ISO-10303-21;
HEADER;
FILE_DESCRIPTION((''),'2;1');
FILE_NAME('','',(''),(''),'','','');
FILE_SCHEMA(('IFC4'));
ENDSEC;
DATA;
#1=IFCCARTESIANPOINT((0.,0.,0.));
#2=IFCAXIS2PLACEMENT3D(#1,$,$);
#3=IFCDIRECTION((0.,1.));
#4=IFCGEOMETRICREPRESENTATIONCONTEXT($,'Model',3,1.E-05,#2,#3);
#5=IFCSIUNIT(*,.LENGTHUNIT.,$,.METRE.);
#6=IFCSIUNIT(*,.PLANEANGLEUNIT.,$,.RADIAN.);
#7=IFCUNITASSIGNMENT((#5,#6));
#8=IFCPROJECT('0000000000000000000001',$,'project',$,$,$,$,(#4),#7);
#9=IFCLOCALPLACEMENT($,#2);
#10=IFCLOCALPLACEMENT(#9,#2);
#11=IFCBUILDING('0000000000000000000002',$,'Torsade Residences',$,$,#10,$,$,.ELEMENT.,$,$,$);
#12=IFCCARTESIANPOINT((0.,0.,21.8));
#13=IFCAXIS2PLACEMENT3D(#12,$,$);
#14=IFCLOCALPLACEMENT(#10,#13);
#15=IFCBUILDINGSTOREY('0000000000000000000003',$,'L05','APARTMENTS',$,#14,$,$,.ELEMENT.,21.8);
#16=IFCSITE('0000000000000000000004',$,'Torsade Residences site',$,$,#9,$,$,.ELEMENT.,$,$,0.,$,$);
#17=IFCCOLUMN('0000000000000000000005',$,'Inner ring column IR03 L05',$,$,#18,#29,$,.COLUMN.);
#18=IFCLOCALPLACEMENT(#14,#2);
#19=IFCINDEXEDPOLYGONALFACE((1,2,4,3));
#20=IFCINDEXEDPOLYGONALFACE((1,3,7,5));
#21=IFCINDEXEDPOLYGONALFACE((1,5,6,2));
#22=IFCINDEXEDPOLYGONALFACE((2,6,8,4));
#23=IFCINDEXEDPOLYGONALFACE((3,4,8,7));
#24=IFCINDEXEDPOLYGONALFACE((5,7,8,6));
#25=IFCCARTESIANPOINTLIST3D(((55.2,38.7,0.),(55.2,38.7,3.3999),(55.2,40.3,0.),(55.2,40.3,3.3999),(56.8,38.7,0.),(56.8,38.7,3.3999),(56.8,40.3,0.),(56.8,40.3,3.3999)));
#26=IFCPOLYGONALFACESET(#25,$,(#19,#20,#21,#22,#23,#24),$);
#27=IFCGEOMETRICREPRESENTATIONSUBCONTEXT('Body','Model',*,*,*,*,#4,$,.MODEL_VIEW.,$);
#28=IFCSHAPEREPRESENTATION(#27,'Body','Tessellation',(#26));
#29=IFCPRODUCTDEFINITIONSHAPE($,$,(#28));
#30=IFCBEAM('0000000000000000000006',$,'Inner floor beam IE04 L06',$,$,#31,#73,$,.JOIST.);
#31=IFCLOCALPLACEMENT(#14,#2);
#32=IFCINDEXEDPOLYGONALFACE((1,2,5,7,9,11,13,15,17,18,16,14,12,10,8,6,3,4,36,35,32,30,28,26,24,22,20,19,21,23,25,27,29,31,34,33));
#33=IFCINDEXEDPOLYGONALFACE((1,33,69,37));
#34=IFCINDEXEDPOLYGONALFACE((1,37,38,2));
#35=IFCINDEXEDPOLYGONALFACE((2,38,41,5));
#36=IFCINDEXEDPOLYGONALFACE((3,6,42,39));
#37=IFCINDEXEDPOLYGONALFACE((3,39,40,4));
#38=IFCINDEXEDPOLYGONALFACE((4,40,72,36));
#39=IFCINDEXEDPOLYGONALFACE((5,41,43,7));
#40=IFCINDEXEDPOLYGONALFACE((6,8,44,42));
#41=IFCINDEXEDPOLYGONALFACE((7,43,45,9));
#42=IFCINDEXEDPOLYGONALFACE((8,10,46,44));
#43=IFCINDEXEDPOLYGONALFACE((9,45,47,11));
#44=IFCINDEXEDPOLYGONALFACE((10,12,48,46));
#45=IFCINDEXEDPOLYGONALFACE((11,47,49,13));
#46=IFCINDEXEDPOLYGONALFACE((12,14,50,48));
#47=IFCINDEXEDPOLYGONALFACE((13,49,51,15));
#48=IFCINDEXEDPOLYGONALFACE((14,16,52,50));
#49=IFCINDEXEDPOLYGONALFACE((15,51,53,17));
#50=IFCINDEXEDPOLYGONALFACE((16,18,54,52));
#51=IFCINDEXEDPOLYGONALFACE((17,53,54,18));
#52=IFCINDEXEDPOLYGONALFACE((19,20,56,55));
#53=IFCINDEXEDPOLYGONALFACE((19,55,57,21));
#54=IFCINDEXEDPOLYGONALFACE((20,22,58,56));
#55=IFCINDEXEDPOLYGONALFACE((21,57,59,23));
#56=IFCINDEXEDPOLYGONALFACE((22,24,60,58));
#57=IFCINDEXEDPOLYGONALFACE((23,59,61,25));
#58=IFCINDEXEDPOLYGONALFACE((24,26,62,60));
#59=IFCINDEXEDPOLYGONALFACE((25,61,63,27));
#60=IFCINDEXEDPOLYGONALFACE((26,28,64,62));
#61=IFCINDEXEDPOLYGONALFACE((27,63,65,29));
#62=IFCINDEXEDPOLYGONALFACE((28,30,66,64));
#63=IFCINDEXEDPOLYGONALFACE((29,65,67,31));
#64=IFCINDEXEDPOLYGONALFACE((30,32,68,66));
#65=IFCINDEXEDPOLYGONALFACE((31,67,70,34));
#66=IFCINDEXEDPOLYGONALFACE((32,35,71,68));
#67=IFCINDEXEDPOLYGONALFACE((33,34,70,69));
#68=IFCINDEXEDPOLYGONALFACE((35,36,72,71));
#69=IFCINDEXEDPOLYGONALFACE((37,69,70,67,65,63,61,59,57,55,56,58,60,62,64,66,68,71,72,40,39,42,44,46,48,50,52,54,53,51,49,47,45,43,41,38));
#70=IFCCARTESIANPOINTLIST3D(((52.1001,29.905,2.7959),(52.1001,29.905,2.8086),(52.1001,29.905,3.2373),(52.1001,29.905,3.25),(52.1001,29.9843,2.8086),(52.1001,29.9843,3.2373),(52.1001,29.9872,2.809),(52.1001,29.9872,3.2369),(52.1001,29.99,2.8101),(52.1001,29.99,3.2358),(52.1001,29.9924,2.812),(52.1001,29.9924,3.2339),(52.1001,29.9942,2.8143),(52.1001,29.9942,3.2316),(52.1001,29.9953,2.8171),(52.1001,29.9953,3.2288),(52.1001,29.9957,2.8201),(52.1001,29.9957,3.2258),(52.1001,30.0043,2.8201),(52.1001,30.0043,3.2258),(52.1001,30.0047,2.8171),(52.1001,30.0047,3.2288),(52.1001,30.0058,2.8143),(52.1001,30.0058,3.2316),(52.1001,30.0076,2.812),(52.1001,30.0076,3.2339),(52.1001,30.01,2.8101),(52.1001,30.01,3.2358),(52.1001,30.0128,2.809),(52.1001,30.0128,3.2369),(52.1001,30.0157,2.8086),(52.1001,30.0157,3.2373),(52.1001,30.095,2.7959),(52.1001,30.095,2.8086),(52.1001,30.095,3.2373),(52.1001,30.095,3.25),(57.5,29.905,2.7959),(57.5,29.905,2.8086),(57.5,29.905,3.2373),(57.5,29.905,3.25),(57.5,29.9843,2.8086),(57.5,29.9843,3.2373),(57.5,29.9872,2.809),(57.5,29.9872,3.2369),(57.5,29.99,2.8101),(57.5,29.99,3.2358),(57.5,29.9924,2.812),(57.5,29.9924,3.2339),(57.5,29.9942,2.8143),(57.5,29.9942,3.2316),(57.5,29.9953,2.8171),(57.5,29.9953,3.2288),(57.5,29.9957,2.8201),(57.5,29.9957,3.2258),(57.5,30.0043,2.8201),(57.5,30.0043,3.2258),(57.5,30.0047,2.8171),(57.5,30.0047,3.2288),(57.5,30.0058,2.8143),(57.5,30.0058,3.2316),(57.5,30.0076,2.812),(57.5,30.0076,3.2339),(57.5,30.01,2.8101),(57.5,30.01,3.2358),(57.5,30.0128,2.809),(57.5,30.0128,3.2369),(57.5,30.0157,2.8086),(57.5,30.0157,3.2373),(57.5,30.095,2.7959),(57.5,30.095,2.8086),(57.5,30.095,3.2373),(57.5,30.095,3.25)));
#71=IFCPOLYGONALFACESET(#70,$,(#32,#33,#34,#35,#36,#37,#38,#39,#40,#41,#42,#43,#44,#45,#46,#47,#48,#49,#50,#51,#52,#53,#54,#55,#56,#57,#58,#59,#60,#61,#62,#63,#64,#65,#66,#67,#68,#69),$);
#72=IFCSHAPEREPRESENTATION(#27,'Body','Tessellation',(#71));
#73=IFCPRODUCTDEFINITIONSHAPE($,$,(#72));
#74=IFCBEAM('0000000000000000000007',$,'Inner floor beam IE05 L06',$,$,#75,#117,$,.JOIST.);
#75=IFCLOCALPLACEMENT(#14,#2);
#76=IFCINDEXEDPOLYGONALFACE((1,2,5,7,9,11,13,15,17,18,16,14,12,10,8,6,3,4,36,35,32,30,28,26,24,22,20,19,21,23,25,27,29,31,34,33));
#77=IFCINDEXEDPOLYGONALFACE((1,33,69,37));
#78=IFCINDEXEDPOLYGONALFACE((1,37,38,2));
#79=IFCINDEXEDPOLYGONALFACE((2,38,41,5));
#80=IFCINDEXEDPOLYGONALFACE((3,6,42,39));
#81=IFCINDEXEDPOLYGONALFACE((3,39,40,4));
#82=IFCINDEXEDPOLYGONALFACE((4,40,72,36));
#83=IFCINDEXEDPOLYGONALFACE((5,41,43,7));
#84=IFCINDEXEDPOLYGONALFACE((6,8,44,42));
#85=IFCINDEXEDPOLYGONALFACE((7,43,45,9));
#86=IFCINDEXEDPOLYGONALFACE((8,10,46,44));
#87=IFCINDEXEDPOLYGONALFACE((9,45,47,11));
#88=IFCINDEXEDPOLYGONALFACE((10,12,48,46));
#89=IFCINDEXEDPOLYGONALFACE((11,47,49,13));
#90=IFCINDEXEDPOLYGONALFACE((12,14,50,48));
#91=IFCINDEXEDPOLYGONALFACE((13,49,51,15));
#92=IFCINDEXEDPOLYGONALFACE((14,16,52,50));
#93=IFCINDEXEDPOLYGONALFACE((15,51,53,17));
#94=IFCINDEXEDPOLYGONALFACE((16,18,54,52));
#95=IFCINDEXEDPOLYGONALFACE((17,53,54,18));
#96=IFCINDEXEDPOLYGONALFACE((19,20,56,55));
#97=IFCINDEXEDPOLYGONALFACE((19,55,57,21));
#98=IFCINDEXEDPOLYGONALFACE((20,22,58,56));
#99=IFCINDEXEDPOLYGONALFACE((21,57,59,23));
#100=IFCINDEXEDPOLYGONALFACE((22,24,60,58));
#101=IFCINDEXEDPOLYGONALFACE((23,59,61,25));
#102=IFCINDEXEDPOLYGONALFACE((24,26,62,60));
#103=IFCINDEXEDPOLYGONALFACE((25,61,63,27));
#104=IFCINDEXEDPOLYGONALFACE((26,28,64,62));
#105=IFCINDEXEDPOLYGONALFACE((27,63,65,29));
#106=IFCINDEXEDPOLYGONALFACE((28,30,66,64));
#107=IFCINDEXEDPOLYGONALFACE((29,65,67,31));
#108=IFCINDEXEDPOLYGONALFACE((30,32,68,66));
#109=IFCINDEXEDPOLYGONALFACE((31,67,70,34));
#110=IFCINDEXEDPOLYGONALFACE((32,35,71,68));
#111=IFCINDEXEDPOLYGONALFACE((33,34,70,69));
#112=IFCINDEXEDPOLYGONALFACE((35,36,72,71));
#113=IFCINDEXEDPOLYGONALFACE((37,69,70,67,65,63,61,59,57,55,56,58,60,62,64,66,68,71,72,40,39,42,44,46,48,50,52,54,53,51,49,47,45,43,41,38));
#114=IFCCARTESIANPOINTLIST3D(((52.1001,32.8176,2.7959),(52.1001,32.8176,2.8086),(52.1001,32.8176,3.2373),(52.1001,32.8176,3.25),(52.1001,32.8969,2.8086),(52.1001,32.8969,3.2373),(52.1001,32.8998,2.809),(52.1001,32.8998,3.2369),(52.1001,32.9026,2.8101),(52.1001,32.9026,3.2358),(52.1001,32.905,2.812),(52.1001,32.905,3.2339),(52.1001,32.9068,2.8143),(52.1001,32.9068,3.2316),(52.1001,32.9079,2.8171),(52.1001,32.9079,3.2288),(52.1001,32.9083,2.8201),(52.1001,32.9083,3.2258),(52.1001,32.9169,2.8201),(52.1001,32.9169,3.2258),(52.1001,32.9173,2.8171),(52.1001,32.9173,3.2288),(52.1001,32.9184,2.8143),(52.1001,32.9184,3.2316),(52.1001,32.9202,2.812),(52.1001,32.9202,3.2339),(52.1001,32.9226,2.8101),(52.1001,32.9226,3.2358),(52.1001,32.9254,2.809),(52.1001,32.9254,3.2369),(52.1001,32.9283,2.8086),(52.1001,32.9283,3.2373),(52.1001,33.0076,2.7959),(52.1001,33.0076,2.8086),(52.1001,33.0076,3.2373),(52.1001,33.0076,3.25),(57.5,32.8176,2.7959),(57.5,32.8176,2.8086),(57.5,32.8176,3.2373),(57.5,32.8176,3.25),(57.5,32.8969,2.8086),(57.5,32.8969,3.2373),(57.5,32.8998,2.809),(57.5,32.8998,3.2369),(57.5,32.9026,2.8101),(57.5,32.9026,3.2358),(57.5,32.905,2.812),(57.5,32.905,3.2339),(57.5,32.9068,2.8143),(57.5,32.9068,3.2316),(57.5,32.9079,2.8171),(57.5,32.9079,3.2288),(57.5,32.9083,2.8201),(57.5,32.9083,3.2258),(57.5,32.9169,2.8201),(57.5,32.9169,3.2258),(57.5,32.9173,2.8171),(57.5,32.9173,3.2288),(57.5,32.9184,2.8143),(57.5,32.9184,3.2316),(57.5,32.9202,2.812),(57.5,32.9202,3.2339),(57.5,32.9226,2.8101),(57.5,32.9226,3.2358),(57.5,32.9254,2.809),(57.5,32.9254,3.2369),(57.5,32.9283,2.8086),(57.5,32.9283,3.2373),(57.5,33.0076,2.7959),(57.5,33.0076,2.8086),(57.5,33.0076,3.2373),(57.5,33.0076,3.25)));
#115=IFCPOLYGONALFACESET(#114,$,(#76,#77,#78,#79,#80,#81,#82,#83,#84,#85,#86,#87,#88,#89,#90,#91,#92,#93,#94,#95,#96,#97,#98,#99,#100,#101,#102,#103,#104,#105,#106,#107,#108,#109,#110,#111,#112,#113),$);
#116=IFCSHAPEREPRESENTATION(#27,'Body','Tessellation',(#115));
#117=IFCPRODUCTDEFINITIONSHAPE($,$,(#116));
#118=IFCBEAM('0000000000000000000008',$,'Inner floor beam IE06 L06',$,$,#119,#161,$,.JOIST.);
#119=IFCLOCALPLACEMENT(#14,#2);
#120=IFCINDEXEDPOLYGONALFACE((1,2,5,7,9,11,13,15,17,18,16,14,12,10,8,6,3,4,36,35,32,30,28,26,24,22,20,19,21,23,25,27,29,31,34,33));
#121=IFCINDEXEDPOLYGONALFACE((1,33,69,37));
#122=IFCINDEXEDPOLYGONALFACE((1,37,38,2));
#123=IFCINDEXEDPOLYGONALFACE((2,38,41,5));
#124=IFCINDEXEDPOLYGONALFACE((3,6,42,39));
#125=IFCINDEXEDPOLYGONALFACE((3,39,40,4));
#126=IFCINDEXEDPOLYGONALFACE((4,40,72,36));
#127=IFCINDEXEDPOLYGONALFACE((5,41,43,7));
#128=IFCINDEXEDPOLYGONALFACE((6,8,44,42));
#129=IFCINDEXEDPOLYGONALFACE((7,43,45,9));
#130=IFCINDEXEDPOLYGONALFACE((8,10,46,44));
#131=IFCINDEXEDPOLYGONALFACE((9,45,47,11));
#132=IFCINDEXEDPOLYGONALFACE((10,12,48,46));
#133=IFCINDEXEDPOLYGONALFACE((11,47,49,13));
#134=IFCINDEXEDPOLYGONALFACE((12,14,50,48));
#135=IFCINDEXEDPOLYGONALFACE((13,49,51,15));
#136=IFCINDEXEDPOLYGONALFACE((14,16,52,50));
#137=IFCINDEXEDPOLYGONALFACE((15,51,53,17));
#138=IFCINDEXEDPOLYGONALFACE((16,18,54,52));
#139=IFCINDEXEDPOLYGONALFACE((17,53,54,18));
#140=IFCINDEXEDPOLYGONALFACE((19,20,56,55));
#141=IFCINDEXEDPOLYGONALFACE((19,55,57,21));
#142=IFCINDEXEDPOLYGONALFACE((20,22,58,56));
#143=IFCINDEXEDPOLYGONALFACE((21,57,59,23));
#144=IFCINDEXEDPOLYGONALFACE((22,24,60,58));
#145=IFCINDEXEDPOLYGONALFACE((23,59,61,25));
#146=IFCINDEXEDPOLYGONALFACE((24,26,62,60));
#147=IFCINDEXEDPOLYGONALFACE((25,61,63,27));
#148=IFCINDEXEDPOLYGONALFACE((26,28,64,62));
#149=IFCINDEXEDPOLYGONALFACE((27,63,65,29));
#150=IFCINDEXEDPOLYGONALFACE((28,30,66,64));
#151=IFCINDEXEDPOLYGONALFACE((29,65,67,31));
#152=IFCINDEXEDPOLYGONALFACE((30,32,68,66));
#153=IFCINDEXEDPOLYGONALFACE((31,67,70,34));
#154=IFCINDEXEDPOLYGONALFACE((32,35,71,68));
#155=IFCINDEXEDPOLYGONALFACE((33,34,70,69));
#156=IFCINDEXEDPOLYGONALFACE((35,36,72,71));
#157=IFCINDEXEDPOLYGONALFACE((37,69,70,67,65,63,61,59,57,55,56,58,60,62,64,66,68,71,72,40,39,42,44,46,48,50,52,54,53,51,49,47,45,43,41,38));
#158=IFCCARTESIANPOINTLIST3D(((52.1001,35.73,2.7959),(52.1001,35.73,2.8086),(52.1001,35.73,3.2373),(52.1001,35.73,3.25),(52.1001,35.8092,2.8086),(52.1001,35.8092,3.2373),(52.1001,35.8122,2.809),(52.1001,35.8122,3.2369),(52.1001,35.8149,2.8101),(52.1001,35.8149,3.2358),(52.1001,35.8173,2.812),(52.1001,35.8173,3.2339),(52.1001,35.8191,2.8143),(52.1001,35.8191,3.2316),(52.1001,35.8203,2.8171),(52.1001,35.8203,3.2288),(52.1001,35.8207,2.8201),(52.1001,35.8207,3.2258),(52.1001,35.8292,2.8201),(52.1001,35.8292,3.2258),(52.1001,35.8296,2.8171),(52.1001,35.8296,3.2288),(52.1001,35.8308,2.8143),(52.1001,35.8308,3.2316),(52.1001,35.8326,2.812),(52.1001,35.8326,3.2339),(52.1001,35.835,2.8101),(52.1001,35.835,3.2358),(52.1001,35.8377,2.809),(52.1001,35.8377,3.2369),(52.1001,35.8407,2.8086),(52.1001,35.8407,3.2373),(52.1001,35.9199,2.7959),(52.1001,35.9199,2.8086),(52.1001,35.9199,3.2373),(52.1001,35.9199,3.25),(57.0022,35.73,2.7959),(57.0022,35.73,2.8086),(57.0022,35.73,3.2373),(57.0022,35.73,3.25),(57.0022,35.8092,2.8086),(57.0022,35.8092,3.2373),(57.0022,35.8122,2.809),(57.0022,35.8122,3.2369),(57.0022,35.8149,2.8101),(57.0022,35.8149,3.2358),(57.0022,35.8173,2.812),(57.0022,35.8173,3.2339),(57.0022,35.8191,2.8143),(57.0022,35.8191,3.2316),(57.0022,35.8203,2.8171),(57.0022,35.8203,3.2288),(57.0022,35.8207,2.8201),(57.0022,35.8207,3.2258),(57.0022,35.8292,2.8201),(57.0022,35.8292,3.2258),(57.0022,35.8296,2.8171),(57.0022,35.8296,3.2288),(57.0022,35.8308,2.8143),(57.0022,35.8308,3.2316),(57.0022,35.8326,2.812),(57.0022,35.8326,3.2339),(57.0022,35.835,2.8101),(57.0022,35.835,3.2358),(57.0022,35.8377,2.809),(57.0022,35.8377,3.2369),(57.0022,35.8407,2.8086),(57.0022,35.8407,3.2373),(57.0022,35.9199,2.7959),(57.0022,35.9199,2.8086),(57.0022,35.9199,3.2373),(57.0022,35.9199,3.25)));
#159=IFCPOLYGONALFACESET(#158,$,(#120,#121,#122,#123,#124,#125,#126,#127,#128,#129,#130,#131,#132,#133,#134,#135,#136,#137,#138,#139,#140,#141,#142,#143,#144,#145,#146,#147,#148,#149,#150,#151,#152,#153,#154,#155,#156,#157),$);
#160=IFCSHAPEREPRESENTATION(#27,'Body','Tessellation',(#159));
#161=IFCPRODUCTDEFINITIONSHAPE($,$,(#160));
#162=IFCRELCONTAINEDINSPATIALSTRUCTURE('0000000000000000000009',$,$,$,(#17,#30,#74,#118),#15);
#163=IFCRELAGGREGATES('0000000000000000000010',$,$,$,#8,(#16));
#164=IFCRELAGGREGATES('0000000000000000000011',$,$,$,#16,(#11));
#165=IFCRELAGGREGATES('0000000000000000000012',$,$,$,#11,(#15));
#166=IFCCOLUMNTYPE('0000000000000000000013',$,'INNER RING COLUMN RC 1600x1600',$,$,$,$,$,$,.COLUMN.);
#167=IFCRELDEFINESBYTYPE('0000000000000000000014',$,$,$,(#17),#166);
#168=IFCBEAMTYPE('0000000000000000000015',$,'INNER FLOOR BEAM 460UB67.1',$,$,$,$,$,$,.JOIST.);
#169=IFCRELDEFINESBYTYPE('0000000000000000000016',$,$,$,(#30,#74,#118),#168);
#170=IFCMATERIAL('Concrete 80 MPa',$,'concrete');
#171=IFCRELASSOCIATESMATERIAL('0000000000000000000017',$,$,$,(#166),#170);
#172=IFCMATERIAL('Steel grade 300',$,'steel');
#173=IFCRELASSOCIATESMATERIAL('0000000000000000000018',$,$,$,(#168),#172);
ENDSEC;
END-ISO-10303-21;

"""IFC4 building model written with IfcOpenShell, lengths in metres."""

from ifc_helpers import new_model, si_unit, direction, frame, origin, origin_2d, place, context, subcontext, project, spatial, rectangle, i_section, extrude, material, material_profile, profile_set, type_object, element, save


model = new_model("IFC4")

# Units and contexts
model_context = context("Model", 3, precision=1e-05, world=origin(), true_north=direction((0.0, 1.0)))
body_context = subcontext(model_context, "Body", "Model", "MODEL_VIEW")
ifc_project = project(units=[si_unit("LENGTHUNIT", "METRE"), si_unit("PLANEANGLEUNIT", "RADIAN")], contexts=[model_context])

# Site, building, storey
site_placement = place(None, origin())
site = spatial("IfcSite", under=ifc_project, at=site_placement, Name="Torsade Residences site", CompositionType="ELEMENT", RefElevation=0.0)
building_placement = place(site_placement, origin())
building = spatial("IfcBuilding", under=site, at=building_placement, Name="Torsade Residences", CompositionType="ELEMENT")
storey_placement = place(building_placement, frame((0.0, 0.0, 21.8)))
storey = spatial("IfcBuildingStorey", under=building, at=storey_placement, Name="L05", Description="APARTMENTS", CompositionType="ELEMENT", Elevation=21.8)

# Column
ifc_material_1 = material(Name="Concrete 80 MPa", Category="concrete")
ifc_material_profile_1 = material_profile(ifc_material_1, rectangle(XDim=1.6001, YDim=1.6001, at=origin_2d()), Name="RC 1600x1600")
ifc_profile_set_1 = profile_set([ifc_material_profile_1], Name="Concrete 80 MPa")
column_type = type_object("IfcColumnType", Name="INNER RING COLUMN RC 1600x1600", PredefinedType="COLUMN", material=ifc_profile_set_1)
column_placement = place(storey_placement, frame((56.0, 39.5, 0.0), z_axis=(0.0, 0.0, 1.0), x_axis=(1.0, 0.0, 0.0)))
element("IfcColumn", 1, at=column_placement, inside=storey, type_object=column_type, Name="Inner ring column IR03 L05", PredefinedType="COLUMN", context=body_context, shape_type="SweptSolid", body=[
    extrude(rectangle(XDim=1.6001, YDim=1.6001, at=origin_2d()), origin(), (0.0, 0.0, 1.0), 3.3999),
])

# Beams
ifc_material_2 = material(Name="Steel grade 300", Category="steel")
ifc_material_profile_2 = material_profile(ifc_material_2, i_section(OverallWidth=0.1899, OverallDepth=0.4541, WebThickness=0.0085, FlangeThickness=0.0127, FilletRadius=0.0115, at=origin_2d()), Name="460UB67.1")
ifc_profile_set_2 = profile_set([ifc_material_profile_2], Name="Steel grade 300")
beam_type = type_object("IfcBeamType", Name="INNER FLOOR BEAM 460UB67.1", PredefinedType="JOIST", material=ifc_profile_set_2)
for number, where, z_axis, x_axis, name in (
    (2, (52.1001, 30.0, 3.0229), (1.0, 0.0, 0.0), (0.0, 1.0, 0.0), "Inner floor beam IE04 L06"),
    (3, (52.1001, 32.9126, 3.0229), (1.0, 0.0, 0.0), (0.0, 1.0, 0.0), "Inner floor beam IE05 L06"),
):
    element("IfcBeam", number, at=place(storey_placement, frame(where, z_axis=z_axis, x_axis=x_axis)), inside=storey, type_object=beam_type, Name=name, PredefinedType="JOIST", context=body_context, shape_type="SweptSolid", body=[
        extrude(i_section(OverallWidth=0.1899, OverallDepth=0.4541, WebThickness=0.0085, FlangeThickness=0.0127, FilletRadius=0.0115, at=origin_2d()), origin(), (0.0, 0.0, 1.0), 5.3999),
    ])
beam_1_placement = place(storey_placement, frame((52.1001, 35.825, 3.0229), z_axis=(1.0, 0.0, 0.0), x_axis=(0.0, 1.0, 0.0)))
element("IfcBeam", 4, at=beam_1_placement, inside=storey, type_object=beam_type, Name="Inner floor beam IE06 L06", PredefinedType="JOIST", context=body_context, shape_type="SweptSolid", body=[
    extrude(i_section(OverallWidth=0.1899, OverallDepth=0.4541, WebThickness=0.0085, FlangeThickness=0.0127, FilletRadius=0.0115, at=origin_2d()), origin(), (0.0, 0.0, 1.0), 4.9021),
])

save(model, "model.ifc")
